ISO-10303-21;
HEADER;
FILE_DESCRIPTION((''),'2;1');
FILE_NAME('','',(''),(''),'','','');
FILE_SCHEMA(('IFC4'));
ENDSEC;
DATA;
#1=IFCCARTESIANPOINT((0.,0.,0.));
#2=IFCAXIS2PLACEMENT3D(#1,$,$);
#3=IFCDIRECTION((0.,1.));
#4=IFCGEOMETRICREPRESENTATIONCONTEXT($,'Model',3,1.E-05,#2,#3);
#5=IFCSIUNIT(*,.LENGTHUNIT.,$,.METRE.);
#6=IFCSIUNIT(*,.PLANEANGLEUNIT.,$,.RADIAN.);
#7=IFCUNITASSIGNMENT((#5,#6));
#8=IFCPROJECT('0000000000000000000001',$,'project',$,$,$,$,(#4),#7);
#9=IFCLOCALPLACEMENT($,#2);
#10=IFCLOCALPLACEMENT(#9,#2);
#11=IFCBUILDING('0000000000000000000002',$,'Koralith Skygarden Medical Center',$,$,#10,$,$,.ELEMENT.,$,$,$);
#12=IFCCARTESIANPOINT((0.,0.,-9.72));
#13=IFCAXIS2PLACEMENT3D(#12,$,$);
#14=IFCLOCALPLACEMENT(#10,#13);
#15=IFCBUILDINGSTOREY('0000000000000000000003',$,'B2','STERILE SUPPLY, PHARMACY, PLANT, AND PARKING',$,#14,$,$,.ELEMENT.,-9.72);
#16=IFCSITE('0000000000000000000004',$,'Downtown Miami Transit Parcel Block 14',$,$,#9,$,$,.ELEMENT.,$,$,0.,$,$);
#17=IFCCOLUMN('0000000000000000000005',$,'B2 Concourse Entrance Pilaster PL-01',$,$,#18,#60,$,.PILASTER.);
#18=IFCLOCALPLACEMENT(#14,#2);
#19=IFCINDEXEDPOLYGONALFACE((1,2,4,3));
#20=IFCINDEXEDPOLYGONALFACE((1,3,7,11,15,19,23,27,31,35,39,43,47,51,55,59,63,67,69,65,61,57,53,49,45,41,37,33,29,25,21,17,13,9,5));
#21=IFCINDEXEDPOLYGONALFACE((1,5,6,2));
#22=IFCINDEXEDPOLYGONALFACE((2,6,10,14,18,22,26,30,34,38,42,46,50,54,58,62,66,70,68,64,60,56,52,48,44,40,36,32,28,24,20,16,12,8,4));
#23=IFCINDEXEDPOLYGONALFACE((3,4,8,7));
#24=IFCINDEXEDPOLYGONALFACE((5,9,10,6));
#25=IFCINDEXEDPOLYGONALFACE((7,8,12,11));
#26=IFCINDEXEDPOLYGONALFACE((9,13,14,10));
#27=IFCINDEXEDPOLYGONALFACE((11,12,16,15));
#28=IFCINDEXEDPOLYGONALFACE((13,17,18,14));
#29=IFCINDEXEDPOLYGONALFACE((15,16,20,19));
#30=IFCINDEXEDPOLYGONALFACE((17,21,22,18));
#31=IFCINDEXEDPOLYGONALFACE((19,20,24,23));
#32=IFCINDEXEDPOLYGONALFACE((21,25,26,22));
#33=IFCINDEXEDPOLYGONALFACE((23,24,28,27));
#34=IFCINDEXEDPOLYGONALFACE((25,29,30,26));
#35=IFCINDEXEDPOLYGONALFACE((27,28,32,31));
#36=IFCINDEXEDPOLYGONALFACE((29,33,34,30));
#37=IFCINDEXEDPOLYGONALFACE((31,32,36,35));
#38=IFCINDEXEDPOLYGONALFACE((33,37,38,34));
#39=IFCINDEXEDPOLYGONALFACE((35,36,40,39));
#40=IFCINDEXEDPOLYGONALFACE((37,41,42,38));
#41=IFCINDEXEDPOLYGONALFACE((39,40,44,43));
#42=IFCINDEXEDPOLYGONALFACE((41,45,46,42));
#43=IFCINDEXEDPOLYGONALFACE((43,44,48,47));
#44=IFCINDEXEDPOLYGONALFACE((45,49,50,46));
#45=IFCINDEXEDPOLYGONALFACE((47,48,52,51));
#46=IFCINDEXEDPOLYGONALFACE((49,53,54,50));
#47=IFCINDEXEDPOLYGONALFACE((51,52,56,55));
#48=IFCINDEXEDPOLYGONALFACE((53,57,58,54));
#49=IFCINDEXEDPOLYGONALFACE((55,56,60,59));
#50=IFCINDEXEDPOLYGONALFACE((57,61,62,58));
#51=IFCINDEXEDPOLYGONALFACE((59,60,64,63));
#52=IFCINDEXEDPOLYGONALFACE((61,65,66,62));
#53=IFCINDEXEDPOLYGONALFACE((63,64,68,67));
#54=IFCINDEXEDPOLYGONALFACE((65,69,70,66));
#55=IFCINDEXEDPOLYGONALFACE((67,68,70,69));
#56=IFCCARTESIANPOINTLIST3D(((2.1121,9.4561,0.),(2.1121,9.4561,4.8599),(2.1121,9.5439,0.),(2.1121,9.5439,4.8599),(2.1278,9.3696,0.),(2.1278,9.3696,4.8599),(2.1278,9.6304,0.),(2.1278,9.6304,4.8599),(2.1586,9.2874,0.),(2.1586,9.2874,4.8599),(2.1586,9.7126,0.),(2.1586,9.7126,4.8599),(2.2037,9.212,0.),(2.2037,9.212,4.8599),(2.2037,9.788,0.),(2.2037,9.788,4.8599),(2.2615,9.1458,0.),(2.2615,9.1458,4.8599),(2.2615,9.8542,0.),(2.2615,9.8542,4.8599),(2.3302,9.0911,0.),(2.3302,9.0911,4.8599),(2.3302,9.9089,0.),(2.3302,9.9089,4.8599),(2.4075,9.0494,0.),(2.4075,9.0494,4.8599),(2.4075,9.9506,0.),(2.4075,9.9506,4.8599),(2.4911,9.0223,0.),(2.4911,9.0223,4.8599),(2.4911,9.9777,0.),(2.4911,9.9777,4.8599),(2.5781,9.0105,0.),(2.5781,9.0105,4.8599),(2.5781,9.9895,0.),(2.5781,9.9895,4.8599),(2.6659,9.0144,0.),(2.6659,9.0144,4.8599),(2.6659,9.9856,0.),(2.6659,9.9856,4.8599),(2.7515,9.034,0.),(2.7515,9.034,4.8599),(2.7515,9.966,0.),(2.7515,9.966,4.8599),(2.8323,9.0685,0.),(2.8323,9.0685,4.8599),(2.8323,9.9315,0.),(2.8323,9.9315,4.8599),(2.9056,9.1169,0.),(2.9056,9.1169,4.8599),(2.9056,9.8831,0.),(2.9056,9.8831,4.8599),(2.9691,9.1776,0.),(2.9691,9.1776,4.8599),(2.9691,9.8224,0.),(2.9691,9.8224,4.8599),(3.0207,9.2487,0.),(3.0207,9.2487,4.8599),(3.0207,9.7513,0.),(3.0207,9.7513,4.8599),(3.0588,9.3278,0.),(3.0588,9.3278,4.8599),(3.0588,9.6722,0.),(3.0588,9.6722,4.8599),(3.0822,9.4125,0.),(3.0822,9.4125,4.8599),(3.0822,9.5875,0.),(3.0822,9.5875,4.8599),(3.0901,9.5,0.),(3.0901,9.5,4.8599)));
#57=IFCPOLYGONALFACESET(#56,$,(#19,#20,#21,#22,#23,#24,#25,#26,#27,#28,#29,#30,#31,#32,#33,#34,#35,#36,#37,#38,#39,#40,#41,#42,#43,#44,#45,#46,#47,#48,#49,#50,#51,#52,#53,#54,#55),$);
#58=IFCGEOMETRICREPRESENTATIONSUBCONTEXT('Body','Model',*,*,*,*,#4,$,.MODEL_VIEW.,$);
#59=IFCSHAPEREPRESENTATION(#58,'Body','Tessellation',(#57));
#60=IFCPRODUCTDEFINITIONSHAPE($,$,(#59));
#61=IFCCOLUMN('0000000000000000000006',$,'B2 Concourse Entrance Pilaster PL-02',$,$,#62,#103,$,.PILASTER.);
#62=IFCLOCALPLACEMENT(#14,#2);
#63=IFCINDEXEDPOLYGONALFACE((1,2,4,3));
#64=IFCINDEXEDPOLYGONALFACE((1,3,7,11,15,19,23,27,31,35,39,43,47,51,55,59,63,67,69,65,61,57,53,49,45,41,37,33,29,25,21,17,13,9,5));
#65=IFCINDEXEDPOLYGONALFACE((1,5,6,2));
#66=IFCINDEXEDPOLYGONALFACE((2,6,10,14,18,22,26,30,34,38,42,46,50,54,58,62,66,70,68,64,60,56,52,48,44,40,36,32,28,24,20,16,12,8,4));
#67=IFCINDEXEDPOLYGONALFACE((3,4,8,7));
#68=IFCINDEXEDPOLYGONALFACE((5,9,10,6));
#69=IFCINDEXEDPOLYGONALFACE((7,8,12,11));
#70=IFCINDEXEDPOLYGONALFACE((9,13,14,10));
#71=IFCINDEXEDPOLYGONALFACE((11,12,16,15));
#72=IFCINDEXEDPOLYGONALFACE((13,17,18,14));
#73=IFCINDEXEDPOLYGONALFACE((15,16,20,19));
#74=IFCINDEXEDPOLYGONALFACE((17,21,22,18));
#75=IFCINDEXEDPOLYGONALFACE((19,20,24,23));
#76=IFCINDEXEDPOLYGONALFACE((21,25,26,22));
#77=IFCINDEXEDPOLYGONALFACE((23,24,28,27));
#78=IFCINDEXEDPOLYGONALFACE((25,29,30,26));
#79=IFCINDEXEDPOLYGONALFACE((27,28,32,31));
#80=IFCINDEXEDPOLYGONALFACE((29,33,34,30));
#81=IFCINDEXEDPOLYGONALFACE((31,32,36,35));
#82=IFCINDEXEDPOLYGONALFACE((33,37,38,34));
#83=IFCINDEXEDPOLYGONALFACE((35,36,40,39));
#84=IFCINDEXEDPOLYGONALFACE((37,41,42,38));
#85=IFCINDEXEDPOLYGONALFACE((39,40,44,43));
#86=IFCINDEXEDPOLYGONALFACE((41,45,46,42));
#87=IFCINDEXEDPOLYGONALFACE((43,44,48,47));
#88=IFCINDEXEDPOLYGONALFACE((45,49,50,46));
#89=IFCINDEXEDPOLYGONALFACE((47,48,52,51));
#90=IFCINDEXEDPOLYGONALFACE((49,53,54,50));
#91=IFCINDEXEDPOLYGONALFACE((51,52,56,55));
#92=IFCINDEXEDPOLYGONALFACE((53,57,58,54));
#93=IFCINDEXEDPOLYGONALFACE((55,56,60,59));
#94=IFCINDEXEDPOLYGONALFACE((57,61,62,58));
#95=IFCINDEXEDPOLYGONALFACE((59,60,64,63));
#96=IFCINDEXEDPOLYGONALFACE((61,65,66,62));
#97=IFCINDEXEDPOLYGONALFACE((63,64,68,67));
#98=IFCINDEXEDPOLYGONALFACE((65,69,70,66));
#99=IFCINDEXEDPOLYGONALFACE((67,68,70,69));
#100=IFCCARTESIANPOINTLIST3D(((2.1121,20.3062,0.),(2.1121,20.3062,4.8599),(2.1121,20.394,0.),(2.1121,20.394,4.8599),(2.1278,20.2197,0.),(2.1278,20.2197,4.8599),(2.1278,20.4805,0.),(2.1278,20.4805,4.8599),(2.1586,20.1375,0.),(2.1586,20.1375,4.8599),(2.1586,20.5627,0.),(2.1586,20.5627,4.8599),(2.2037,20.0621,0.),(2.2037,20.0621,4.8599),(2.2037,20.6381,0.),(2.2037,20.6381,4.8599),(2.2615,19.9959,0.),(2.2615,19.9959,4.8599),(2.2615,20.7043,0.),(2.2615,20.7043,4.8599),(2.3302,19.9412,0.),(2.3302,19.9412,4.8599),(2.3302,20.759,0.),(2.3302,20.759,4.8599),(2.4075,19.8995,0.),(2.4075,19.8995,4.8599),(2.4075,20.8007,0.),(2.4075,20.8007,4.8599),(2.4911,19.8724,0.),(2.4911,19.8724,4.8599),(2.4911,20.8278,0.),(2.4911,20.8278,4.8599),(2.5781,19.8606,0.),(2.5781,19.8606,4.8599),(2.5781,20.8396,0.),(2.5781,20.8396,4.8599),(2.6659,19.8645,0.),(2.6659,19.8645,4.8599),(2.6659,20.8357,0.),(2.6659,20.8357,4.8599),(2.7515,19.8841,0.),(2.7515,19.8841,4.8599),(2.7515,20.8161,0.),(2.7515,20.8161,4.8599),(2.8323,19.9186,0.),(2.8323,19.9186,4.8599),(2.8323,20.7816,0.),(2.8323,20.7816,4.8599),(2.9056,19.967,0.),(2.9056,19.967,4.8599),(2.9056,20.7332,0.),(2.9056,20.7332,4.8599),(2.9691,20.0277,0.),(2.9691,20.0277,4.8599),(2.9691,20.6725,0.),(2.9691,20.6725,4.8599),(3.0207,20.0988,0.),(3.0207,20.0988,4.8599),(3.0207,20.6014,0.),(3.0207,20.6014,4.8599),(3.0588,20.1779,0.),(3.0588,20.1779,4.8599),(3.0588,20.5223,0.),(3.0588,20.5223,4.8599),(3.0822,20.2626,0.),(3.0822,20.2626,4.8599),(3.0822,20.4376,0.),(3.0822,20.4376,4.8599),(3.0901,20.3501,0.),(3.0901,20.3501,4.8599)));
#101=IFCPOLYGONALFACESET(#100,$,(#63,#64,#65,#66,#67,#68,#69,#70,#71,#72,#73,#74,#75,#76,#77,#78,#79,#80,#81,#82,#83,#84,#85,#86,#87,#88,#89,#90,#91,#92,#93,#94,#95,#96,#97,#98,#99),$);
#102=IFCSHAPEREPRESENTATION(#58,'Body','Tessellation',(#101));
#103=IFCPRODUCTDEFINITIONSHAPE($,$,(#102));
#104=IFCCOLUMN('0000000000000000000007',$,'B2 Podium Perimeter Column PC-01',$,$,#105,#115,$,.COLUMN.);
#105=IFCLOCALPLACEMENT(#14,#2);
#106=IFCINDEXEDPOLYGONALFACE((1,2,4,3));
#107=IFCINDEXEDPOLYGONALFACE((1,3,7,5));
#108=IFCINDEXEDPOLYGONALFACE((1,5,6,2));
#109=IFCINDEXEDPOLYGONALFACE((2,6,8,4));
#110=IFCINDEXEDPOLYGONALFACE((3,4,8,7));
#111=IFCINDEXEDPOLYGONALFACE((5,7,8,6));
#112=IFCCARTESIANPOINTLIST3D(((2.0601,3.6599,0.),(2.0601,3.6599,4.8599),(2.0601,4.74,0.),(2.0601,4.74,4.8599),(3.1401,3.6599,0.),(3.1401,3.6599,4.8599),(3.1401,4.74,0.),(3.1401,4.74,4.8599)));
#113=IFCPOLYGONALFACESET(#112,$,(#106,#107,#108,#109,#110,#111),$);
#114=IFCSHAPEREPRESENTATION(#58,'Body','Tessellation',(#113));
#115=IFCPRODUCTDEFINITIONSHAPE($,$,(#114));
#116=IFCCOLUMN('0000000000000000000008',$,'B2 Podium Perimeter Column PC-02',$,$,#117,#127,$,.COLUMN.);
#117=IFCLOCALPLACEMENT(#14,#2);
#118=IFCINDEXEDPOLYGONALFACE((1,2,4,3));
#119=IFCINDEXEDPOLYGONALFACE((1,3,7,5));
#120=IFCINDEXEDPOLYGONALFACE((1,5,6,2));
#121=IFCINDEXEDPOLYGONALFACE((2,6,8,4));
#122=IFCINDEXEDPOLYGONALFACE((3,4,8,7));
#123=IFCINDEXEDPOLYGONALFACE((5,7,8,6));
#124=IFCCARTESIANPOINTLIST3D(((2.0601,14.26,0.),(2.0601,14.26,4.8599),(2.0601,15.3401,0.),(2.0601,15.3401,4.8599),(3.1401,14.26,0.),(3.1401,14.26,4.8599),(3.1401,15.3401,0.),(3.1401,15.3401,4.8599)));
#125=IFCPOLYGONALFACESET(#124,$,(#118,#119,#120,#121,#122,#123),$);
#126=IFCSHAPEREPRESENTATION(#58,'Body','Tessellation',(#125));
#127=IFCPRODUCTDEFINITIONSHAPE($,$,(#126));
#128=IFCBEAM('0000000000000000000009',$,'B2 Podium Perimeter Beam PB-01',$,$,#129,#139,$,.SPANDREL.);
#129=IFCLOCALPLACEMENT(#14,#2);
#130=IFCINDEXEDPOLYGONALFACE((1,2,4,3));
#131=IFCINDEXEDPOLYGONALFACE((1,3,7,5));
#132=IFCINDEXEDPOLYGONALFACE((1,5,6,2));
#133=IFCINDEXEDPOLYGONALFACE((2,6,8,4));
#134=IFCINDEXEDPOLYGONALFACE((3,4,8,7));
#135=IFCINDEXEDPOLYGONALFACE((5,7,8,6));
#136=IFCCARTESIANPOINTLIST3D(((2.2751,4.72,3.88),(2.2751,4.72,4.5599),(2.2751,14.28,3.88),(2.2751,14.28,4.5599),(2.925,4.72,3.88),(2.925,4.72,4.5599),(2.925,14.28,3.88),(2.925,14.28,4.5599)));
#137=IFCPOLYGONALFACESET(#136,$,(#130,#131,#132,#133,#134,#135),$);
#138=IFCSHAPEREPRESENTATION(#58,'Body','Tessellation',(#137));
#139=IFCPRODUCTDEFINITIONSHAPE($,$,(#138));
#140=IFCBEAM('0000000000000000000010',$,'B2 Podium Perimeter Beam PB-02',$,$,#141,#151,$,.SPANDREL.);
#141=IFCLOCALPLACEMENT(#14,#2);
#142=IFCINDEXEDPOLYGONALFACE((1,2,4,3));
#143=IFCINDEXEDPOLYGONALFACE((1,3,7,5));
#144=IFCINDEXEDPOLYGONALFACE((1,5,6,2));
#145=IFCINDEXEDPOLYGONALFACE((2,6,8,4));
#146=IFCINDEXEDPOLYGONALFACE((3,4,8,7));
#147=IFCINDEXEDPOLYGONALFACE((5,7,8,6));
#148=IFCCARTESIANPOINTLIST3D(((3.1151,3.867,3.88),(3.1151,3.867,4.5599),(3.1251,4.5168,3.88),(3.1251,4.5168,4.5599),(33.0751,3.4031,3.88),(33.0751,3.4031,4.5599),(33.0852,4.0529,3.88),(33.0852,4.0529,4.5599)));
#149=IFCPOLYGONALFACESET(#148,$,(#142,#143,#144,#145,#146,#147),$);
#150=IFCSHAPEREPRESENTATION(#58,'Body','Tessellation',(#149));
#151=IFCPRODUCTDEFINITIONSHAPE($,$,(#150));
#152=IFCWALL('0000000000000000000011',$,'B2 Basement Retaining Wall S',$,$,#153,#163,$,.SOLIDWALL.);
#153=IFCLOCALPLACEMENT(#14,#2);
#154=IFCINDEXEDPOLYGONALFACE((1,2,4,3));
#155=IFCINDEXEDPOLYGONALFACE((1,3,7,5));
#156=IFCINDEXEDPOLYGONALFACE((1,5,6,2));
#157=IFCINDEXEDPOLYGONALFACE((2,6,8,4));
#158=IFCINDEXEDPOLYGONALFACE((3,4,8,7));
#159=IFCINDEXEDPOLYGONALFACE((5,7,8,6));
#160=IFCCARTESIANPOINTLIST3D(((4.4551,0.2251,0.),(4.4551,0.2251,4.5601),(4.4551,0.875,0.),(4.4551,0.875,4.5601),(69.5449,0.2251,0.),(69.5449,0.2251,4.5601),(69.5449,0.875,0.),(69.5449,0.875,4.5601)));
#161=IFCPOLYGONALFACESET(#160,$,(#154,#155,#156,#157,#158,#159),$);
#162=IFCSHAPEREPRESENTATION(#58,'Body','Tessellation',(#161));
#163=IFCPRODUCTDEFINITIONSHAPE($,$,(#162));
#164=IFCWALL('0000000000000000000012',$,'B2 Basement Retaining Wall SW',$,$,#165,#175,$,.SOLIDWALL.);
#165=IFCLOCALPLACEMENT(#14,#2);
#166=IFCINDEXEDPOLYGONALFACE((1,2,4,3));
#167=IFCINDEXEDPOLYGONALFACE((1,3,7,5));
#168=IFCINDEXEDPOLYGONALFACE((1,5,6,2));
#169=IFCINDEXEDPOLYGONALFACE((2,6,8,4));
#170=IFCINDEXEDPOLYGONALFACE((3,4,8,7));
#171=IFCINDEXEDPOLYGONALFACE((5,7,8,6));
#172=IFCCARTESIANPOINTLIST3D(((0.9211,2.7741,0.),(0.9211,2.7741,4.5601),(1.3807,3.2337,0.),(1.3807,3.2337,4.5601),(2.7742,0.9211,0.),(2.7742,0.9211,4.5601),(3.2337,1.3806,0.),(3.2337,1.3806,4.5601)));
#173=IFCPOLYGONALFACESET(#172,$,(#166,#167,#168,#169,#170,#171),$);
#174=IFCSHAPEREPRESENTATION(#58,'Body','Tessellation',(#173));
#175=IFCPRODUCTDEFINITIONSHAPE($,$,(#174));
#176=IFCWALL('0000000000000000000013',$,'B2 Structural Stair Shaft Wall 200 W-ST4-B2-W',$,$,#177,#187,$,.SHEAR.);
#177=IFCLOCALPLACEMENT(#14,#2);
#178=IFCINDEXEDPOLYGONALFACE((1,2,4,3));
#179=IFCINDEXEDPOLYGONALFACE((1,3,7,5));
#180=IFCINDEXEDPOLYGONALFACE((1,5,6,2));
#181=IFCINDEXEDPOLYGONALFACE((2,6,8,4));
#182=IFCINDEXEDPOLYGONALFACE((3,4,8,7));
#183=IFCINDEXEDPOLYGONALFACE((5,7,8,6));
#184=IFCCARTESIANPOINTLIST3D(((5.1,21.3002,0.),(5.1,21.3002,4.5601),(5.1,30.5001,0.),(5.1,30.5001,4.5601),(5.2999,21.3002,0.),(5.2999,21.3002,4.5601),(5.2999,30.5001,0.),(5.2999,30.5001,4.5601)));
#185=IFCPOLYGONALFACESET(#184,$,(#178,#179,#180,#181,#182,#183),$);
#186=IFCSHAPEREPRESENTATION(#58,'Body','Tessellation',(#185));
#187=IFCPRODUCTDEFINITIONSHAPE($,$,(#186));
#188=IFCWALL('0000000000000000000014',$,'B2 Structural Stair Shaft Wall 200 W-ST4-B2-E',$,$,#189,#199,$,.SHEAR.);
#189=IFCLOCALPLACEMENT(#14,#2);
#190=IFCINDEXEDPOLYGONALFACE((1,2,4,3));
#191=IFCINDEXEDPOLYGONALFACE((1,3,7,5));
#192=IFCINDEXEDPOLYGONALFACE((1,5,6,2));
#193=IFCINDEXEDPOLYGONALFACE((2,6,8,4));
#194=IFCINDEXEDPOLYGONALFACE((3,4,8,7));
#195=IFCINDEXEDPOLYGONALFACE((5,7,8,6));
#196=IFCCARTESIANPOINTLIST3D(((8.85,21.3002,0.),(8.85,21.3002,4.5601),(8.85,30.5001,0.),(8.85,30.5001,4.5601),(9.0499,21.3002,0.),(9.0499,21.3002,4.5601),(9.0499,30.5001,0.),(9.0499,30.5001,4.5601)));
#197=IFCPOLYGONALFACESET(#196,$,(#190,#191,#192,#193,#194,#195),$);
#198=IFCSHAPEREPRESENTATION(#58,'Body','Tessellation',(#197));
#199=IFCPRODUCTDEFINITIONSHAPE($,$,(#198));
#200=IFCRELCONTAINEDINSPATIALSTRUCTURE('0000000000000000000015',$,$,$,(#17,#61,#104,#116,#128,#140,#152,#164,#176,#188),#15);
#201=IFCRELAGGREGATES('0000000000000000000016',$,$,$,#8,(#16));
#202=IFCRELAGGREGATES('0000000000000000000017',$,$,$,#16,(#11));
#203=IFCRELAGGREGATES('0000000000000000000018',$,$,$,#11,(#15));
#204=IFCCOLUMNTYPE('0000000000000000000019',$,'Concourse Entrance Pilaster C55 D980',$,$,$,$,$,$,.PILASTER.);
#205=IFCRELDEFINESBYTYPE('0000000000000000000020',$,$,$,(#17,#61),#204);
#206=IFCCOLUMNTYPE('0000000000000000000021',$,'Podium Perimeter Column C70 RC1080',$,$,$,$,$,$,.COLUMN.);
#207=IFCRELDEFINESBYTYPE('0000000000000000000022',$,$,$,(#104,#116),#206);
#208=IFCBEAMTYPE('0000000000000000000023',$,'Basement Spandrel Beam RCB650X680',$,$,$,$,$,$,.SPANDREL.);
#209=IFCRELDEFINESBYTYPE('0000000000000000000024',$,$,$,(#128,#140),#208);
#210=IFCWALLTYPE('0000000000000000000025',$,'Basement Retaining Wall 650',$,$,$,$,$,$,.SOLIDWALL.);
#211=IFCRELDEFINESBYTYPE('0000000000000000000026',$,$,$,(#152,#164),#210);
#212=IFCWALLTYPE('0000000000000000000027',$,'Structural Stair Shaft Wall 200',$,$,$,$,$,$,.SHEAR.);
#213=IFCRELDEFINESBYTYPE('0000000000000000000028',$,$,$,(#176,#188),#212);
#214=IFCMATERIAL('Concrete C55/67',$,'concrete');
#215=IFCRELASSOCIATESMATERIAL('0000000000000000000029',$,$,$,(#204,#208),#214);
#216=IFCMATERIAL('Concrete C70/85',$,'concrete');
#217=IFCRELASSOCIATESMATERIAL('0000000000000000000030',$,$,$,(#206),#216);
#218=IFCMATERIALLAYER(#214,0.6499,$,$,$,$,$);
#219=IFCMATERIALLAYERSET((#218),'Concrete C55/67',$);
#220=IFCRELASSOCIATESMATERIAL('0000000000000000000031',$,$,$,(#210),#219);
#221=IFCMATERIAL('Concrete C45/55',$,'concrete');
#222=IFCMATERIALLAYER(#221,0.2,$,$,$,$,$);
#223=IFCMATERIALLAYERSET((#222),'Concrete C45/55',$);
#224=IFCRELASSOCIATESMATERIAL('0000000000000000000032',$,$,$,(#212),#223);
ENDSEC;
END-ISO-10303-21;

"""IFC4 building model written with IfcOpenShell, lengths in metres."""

from ifc_helpers import new_model, si_unit, direction, frame, frame_2d, origin, origin_2d, place, context, subcontext, project, spatial, rectangle, circle, extrude, material, layer, layer_set, material_profile, profile_set, type_object, element, save


model = new_model("IFC4")

# Units and contexts
model_context = context("Model", 3, precision=1e-05, world=origin(), true_north=direction((0.0, 1.0)))
body_context = subcontext(model_context, "Body", "Model", "MODEL_VIEW")
ifc_project = project(units=[si_unit("LENGTHUNIT", "METRE"), si_unit("PLANEANGLEUNIT", "RADIAN")], contexts=[model_context])

# Site, building, storey
site_placement = place(None, origin())
site = spatial("IfcSite", under=ifc_project, at=site_placement, Name="Downtown Miami Transit Parcel Block 14", CompositionType="ELEMENT", RefElevation=0.0)
building_placement = place(site_placement, origin())
building = spatial("IfcBuilding", under=site, at=building_placement, Name="Koralith Skygarden Medical Center", CompositionType="ELEMENT")
storey_placement = place(building_placement, frame((0.0, 0.0, -9.72)))
storey = spatial("IfcBuildingStorey", under=building, at=storey_placement, Name="B2", Description="STERILE SUPPLY, PHARMACY, PLANT, AND PARKING", CompositionType="ELEMENT", Elevation=-9.72)

# Shared definitions
ifc_material_1 = material(Name="Concrete C55/67", Category="concrete")

# Shared definitions
ifc_material_2 = material(Name="Concrete C45/55", Category="concrete")

# Columns
ifc_material_profile_1 = material_profile(ifc_material_1, circle(Radius=0.49, at=origin_2d()), Name="RCCOL980")
ifc_profile_set_1 = profile_set([ifc_material_profile_1], Name="Concrete C55/67")
column_type_1 = type_object("IfcColumnType", Name="Concourse Entrance Pilaster C55 D980", PredefinedType="PILASTER", material=ifc_profile_set_1)
for number, where, z_axis, x_axis, name in (
    (1, (2.6001, 9.5, 0.0), (0.0, 0.0, 1.0), (1.0, 0.0, 0.0), "B2 Concourse Entrance Pilaster PL-01"),
    (2, (2.6001, 20.3501, 0.0), (0.0, 0.0, 1.0), (1.0, 0.0, 0.0), "B2 Concourse Entrance Pilaster PL-02"),
):
    element("IfcColumn", number, at=place(storey_placement, frame(where, z_axis=z_axis, x_axis=x_axis)), inside=storey, type_object=column_type_1, Name=name, PredefinedType="PILASTER", context=body_context, shape_type="SweptSolid", body=[
        extrude(circle(Radius=0.49, at=origin_2d()), origin(), (0.0, 0.0, 1.0), 4.8599),
    ])
ifc_material_3 = material(Name="Concrete C70/85", Category="concrete")
ifc_material_profile_2 = material_profile(ifc_material_3, rectangle(XDim=1.0801, YDim=1.0801, at=origin_2d()), Name="RC1080X1080")
ifc_profile_set_2 = profile_set([ifc_material_profile_2], Name="Concrete C70/85")
column_type_2 = type_object("IfcColumnType", Name="Podium Perimeter Column C70 RC1080", PredefinedType="COLUMN", material=ifc_profile_set_2)
for number, where, z_axis, x_axis, name in (
    (3, (2.6001, 4.2, 0.0), (0.0, 0.0, 1.0), (1.0, 0.0, 0.0), "B2 Podium Perimeter Column PC-01"),
    (4, (2.6001, 14.8, 0.0), (0.0, 0.0, 1.0), (1.0, 0.0, 0.0), "B2 Podium Perimeter Column PC-02"),
):
    element("IfcColumn", number, at=place(storey_placement, frame(where, z_axis=z_axis, x_axis=x_axis)), inside=storey, type_object=column_type_2, Name=name, PredefinedType="COLUMN", context=body_context, shape_type="SweptSolid", body=[
        extrude(rectangle(XDim=1.0801, YDim=1.0801, at=origin_2d()), origin(), (0.0, 0.0, 1.0), 4.8599),
    ])

# Beams
ifc_material_profile_3 = material_profile(ifc_material_1, rectangle(XDim=0.6499, YDim=0.6799, at=origin_2d()), Name="RCB650X680")
ifc_profile_set_3 = profile_set([ifc_material_profile_3], Name="Concrete C55/67")
beam_type = type_object("IfcBeamType", Name="Basement Spandrel Beam RCB650X680", PredefinedType="SPANDREL", material=ifc_profile_set_3)
beam_1_placement = place(storey_placement, frame((2.6001, 14.28, 4.22), z_axis=(0.0, -1.0, 0.0), x_axis=(1.0, 0.0, 0.0)))
element("IfcBeam", 5, at=beam_1_placement, inside=storey, type_object=beam_type, Name="B2 Podium Perimeter Beam PB-01", PredefinedType="SPANDREL", context=body_context, shape_type="SweptSolid", body=[
    extrude(rectangle(XDim=0.6499, YDim=0.6799, at=origin_2d()), origin(), (0.0, 0.0, 1.0), 9.5601),
])
beam_2_placement = place(storey_placement, frame((3.1201, 4.1919, 4.22), z_axis=(0.99988, -0.015481, 0.0), x_axis=(0.015481, 0.99988, 0.0)))
element("IfcBeam", 6, at=beam_2_placement, inside=storey, type_object=beam_type, Name="B2 Podium Perimeter Beam PB-02", PredefinedType="SPANDREL", context=body_context, shape_type="SweptSolid", body=[
    extrude(rectangle(XDim=0.6499, YDim=0.6799, at=origin_2d()), origin(), (0.0, 0.0, 1.0), 29.9636),
])

# Walls
ifc_layer_1 = layer(ifc_material_1, 0.6499)
ifc_layer_set_1 = layer_set([ifc_layer_1], Name="Concrete C55/67")
wall_type_1 = type_object("IfcWallType", Name="Basement Retaining Wall 650", PredefinedType="SOLIDWALL", material=ifc_layer_set_1)
wall_1_placement = place(storey_placement, frame((4.4551, 0.55, 0.0), z_axis=(0.0, 0.0, 1.0), x_axis=(1.0, 0.0, 0.0)))
element("IfcWall", 7, at=wall_1_placement, inside=storey, type_object=wall_type_1, Name="B2 Basement Retaining Wall S", PredefinedType="SOLIDWALL", context=body_context, shape_type="SweptSolid", body=[
    extrude(rectangle(XDim=65.0898, YDim=0.6499, at=frame_2d((32.5449, 0.0))), origin(), (0.0, 0.0, 1.0), 4.5601),
])
wall_2_placement = place(storey_placement, frame((1.1509, 3.0039, 0.0), z_axis=(0.0, 0.0, 1.0), x_axis=(0.707107, -0.707107, 0.0)))
element("IfcWall", 8, at=wall_2_placement, inside=storey, type_object=wall_type_1, Name="B2 Basement Retaining Wall SW", PredefinedType="SOLIDWALL", context=body_context, shape_type="SweptSolid", body=[
    extrude(rectangle(XDim=2.6206, YDim=0.6499, at=frame_2d((1.3103, 0.0))), origin(), (0.0, 0.0, 1.0), 4.5601),
])

# Shared definitions
ifc_layer_2 = layer(ifc_material_2, 0.2)
ifc_layer_set_2 = layer_set([ifc_layer_2], Name="Concrete C45/55")
wall_type_2 = type_object("IfcWallType", Name="Structural Stair Shaft Wall 200", PredefinedType="SHEAR", material=ifc_layer_set_2)

# Walls
for number, where, z_axis, x_axis, name in (
    (9, (5.2, 21.3, 0.0), (0.0, 0.0, 1.0), (0.0, 1.0, 0.0), "B2 Structural Stair Shaft Wall 200 W-ST4-B2-W"),
    (10, (8.95, 21.3, 0.0), (0.0, 0.0, 1.0), (0.0, 1.0, 0.0), "B2 Structural Stair Shaft Wall 200 W-ST4-B2-E"),
):
    element("IfcWall", number, at=place(storey_placement, frame(where, z_axis=z_axis, x_axis=x_axis)), inside=storey, type_object=wall_type_2, Name=name, PredefinedType="SHEAR", context=body_context, shape_type="SweptSolid", body=[
        extrude(rectangle(XDim=9.2, YDim=0.2, at=frame_2d((4.6001, 0.0))), origin(), (0.0, 0.0, 1.0), 4.5601),
    ])

save(model, "model.ifc")
